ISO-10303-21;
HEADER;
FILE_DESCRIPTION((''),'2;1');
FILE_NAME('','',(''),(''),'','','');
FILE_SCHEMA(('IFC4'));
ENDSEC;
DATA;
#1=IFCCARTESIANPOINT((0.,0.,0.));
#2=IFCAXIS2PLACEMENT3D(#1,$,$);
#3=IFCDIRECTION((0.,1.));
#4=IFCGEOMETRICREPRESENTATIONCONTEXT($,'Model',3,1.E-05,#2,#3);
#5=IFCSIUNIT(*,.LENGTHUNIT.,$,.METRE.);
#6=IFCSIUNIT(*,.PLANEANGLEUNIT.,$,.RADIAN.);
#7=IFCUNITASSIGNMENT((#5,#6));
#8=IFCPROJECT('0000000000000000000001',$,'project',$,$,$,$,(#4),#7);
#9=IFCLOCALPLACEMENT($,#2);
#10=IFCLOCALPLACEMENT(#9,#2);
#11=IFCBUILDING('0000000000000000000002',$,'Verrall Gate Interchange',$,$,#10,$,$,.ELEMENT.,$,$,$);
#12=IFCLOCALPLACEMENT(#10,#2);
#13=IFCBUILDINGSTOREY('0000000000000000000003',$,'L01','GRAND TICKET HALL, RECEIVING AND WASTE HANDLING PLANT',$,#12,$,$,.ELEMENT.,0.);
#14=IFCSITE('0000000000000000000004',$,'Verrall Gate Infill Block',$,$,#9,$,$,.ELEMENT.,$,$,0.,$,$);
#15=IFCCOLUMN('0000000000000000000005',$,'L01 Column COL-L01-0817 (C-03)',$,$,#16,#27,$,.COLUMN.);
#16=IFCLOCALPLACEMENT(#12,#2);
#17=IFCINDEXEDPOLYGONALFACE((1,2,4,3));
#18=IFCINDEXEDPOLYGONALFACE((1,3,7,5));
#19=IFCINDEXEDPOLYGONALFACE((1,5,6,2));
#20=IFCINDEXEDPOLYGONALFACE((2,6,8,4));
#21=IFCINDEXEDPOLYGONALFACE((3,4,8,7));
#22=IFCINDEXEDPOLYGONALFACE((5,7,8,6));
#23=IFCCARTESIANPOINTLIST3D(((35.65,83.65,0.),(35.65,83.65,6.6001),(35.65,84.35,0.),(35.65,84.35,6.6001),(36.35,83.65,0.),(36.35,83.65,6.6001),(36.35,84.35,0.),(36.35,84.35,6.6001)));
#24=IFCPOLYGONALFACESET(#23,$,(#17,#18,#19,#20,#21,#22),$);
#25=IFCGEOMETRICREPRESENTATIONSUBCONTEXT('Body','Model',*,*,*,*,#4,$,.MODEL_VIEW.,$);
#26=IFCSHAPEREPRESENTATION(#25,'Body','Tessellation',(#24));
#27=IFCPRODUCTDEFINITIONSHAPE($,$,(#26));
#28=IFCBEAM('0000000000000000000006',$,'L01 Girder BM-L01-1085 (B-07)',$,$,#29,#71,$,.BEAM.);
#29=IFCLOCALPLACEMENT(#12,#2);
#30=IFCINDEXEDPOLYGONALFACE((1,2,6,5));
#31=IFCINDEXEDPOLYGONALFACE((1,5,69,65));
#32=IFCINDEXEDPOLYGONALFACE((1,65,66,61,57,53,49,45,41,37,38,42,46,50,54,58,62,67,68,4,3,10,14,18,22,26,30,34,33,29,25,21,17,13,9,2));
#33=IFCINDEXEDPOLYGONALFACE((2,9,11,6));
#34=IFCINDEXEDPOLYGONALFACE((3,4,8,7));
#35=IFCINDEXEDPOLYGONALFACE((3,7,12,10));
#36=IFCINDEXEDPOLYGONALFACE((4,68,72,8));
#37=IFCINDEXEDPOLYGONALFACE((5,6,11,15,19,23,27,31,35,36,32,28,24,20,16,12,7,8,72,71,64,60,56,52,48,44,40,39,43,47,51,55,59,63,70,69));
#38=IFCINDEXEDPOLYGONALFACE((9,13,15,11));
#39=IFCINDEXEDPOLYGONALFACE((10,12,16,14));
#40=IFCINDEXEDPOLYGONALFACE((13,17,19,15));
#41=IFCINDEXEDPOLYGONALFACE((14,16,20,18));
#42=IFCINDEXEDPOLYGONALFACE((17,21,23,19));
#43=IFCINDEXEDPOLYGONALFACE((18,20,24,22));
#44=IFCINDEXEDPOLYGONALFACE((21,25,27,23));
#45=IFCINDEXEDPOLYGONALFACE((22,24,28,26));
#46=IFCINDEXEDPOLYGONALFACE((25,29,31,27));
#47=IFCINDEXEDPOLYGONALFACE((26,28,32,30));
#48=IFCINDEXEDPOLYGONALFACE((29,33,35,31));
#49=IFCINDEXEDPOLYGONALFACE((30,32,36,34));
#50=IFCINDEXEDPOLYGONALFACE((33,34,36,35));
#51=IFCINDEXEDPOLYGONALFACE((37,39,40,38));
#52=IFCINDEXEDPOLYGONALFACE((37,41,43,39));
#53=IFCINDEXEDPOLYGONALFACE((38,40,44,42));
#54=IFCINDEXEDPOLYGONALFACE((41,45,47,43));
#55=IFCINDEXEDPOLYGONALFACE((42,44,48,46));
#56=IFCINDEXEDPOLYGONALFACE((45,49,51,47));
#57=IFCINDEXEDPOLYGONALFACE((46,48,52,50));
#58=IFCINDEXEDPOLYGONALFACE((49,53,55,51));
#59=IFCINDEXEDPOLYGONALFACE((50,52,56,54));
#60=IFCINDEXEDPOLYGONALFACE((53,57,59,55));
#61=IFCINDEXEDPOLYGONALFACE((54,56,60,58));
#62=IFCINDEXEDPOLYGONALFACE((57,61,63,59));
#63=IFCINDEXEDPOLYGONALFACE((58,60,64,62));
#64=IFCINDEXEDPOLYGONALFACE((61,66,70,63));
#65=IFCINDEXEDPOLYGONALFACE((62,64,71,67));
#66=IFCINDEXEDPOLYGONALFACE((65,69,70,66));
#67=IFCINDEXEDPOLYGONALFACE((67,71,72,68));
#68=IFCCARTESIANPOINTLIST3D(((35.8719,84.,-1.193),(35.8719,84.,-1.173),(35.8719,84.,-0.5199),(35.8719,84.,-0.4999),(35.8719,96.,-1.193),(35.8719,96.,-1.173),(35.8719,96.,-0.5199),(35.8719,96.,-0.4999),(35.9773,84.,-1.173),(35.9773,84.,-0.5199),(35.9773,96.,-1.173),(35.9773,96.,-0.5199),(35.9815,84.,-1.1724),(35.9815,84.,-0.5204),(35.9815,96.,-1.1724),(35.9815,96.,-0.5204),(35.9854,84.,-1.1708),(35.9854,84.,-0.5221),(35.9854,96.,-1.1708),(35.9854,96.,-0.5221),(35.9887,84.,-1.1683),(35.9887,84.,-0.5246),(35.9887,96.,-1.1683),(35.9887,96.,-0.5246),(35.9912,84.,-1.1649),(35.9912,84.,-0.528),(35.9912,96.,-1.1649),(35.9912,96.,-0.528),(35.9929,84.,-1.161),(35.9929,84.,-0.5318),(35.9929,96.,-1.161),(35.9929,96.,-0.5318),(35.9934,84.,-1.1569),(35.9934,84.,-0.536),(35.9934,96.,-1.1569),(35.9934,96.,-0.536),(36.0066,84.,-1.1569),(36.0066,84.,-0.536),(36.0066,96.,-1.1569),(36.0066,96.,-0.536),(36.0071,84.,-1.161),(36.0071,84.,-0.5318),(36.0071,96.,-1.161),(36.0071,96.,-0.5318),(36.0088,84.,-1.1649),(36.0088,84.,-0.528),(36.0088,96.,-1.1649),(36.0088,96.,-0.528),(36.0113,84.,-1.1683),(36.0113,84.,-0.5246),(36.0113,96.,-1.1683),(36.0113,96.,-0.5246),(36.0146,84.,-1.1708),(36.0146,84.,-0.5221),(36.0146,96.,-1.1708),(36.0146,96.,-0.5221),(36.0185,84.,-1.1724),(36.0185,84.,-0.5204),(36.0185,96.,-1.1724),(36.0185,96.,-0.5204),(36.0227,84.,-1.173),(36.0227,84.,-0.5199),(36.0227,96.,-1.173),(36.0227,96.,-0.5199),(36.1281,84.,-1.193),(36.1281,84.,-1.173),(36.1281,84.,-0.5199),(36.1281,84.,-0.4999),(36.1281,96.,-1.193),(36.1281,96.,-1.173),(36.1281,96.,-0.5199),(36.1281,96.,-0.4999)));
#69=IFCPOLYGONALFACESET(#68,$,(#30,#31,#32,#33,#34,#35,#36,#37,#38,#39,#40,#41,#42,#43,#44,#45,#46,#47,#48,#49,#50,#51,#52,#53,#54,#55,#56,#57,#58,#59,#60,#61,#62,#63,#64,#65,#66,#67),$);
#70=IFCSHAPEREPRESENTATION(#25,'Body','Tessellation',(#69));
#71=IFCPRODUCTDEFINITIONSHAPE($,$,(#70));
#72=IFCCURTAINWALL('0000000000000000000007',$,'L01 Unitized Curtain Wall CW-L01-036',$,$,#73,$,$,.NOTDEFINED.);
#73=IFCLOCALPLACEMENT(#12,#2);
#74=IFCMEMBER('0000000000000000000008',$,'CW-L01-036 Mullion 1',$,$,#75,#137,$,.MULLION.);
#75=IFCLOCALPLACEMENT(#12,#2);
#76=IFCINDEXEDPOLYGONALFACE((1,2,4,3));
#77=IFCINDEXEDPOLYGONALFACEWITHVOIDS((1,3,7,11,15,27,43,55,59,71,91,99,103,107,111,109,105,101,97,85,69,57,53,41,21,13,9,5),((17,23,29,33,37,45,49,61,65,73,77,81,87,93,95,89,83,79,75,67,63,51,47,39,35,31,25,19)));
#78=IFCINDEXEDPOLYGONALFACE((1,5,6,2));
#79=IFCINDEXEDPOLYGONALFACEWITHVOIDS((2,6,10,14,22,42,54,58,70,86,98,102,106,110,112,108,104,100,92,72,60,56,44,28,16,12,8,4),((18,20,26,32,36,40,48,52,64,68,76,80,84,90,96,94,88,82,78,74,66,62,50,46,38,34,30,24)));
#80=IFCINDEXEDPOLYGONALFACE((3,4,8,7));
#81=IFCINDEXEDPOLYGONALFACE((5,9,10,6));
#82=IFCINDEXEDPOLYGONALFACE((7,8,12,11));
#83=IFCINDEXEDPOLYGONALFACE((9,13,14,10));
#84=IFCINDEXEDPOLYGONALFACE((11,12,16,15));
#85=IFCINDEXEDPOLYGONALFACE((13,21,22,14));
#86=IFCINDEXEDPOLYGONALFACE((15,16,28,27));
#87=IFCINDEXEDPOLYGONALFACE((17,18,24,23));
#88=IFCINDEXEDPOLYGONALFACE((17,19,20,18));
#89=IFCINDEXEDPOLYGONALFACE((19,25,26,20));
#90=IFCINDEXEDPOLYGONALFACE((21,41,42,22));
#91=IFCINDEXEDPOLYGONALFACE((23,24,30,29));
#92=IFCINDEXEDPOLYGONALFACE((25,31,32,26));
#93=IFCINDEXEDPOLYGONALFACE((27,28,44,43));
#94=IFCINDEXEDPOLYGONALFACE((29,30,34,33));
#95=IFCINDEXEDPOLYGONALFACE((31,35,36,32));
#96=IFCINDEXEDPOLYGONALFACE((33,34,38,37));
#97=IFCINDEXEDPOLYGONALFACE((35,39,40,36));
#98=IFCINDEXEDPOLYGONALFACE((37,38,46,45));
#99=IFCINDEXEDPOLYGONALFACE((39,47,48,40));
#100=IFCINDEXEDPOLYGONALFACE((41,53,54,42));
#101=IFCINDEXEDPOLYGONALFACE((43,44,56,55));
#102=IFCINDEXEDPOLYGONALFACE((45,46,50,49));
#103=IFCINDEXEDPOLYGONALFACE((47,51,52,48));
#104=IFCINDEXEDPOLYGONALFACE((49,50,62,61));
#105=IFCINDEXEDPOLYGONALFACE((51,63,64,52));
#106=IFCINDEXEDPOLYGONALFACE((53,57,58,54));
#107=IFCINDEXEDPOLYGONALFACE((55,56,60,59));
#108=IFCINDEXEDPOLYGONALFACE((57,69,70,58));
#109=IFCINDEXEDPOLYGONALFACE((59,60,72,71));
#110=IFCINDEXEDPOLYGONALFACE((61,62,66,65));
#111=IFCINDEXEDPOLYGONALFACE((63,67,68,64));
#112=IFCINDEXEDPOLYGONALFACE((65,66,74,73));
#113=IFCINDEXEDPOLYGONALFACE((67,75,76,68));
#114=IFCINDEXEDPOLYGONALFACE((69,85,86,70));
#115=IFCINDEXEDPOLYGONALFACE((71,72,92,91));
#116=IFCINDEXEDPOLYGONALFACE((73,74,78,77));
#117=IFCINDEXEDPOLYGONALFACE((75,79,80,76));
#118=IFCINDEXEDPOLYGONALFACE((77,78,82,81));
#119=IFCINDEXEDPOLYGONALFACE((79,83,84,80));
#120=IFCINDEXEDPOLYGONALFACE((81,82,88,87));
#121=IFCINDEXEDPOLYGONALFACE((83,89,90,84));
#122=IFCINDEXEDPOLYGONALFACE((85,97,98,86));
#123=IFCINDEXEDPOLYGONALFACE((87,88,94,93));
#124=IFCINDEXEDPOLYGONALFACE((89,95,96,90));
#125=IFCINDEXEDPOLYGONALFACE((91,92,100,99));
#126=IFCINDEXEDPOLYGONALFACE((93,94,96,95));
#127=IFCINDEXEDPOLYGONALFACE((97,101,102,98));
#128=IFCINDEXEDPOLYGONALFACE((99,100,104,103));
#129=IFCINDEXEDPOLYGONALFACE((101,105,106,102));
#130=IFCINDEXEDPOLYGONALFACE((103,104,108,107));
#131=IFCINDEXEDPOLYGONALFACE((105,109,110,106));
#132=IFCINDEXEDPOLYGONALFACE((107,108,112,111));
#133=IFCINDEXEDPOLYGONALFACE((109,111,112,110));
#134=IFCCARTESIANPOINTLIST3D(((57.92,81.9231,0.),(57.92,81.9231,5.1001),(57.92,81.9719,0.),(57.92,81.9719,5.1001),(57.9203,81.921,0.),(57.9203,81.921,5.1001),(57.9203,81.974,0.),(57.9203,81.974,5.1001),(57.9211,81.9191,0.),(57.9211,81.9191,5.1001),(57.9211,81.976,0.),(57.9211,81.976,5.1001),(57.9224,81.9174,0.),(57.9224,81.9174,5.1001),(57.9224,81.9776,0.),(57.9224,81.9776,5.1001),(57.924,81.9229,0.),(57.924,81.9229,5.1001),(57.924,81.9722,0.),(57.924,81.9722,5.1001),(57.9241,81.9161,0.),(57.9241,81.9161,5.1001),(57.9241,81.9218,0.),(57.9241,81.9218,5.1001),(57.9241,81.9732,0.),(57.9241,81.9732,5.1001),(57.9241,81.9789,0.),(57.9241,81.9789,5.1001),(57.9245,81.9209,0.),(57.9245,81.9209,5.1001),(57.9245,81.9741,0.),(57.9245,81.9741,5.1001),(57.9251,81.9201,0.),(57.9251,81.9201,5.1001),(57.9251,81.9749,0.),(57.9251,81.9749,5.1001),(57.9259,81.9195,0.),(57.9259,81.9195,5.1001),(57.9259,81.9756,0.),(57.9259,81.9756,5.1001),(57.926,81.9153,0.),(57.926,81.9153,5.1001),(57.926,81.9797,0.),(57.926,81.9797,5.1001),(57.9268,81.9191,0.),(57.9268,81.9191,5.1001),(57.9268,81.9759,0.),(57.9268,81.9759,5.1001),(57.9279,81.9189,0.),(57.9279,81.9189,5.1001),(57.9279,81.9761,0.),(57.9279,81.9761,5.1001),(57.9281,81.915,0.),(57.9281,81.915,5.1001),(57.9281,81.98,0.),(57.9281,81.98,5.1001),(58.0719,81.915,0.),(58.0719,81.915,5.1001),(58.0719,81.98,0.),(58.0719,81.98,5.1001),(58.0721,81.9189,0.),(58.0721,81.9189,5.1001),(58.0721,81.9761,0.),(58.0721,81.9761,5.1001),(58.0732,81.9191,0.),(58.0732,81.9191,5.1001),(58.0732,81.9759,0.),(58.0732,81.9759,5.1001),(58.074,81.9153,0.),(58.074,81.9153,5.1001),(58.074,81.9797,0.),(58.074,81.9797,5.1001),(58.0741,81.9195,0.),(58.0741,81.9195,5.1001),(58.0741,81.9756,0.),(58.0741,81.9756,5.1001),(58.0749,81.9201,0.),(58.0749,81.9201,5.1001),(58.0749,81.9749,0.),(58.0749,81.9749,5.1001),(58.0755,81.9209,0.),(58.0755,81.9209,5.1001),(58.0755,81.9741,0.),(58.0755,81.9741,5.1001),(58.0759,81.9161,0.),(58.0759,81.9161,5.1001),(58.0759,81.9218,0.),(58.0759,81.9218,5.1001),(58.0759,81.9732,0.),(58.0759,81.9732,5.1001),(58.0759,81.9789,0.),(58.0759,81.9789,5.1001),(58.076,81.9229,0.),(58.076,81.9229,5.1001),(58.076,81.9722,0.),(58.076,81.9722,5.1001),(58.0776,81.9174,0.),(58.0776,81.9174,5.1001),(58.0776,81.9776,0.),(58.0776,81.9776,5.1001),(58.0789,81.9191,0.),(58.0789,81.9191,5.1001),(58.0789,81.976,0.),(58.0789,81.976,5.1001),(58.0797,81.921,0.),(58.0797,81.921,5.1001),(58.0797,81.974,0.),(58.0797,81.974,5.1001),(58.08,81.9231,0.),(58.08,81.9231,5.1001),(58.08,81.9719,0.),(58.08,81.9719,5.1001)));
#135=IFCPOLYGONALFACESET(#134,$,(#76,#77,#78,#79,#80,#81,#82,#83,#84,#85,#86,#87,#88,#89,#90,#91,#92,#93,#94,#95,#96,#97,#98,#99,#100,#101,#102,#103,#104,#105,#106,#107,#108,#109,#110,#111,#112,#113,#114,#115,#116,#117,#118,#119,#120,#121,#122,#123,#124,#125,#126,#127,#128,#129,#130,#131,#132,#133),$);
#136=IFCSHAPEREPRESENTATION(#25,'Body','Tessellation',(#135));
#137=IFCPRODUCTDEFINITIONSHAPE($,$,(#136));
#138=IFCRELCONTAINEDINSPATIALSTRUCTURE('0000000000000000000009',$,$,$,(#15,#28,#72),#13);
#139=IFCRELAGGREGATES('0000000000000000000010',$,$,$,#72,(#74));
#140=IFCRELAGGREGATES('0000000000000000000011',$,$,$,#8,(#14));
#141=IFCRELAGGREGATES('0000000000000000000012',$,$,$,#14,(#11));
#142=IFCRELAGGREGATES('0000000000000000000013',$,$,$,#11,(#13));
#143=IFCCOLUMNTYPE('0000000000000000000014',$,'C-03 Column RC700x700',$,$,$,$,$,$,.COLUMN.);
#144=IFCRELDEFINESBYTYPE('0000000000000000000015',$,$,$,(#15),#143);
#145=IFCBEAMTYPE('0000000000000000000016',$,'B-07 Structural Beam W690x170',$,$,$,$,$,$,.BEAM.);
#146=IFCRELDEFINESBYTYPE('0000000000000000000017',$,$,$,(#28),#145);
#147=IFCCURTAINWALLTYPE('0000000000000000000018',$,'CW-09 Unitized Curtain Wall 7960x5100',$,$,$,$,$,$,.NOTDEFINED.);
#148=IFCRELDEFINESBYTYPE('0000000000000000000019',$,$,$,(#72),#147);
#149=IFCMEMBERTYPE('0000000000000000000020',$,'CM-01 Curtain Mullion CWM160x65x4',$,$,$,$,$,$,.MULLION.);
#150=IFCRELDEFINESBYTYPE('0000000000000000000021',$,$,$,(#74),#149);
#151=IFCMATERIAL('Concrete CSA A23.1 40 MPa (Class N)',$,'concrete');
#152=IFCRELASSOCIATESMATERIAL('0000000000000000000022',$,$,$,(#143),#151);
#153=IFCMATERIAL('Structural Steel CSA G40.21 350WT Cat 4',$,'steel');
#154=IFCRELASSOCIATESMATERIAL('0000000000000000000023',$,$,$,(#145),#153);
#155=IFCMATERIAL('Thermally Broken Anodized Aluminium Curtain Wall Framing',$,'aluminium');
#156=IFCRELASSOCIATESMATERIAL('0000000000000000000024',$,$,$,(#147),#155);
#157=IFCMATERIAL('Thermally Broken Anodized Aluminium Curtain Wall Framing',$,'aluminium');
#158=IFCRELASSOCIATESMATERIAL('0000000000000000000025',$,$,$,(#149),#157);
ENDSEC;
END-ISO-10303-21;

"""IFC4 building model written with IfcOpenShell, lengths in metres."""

from ifc_helpers import new_model, si_unit, direction, frame, origin, origin_2d, place, context, subcontext, project, spatial, rectangle, hollow_rectangle, i_section, extrude, material, material_profile, profile_set, type_object, element, aggregate, save


model = new_model("IFC4")

# Units and contexts
model_context = context("Model", 3, precision=1e-05, world=origin(), true_north=direction((0.0, 1.0)))
body_context = subcontext(model_context, "Body", "Model", "MODEL_VIEW")
ifc_project = project(units=[si_unit("LENGTHUNIT", "METRE"), si_unit("PLANEANGLEUNIT", "RADIAN")], contexts=[model_context])

# Site, building, storey
site_placement = place(None, origin())
site = spatial("IfcSite", under=ifc_project, at=site_placement, Name="Verrall Gate Infill Block", CompositionType="ELEMENT", RefElevation=0.0)
building_placement = place(site_placement, origin())
building = spatial("IfcBuilding", under=site, at=building_placement, Name="Verrall Gate Interchange", CompositionType="ELEMENT")
storey_placement = place(building_placement, origin())
storey = spatial("IfcBuildingStorey", under=building, at=storey_placement, Name="L01", Description="GRAND TICKET HALL, RECEIVING AND WASTE HANDLING PLANT", CompositionType="ELEMENT", Elevation=0.0)

# Column
ifc_material_1 = material(Name="Concrete CSA A23.1 40 MPa (Class N)", Category="concrete")
ifc_material_profile_1 = material_profile(ifc_material_1, rectangle(XDim=0.7, YDim=0.7, at=origin_2d()), Name="RC700x700")
ifc_profile_set_1 = profile_set([ifc_material_profile_1], Name="Concrete CSA A23.1 40 MPa (Class N)")
column_type = type_object("IfcColumnType", Name="C-03 Column RC700x700", PredefinedType="COLUMN", material=ifc_profile_set_1)
column_placement = place(storey_placement, frame((36.0, 84.0, 0.0), z_axis=(0.0, 0.0, 1.0), x_axis=(1.0, 0.0, 0.0)))
element("IfcColumn", 1, at=column_placement, inside=storey, type_object=column_type, Name="L01 Column COL-L01-0817 (C-03)", PredefinedType="COLUMN", context=body_context, shape_type="SweptSolid", body=[
    extrude(rectangle(XDim=0.7, YDim=0.7, at=origin_2d()), origin(), (0.0, 0.0, 1.0), 6.6001),
])

# Beam
ifc_material_2 = material(Name="Structural Steel CSA G40.21 350WT Cat 4", Category="steel")
ifc_material_profile_2 = material_profile(ifc_material_2, i_section(OverallWidth=0.2561, OverallDepth=0.6931, WebThickness=0.0132, FlangeThickness=0.02, FilletRadius=0.0161, at=origin_2d()), Name="W690x170")
ifc_profile_set_2 = profile_set([ifc_material_profile_2], Name="Structural Steel CSA G40.21 350WT Cat 4")
beam_type = type_object("IfcBeamType", Name="B-07 Structural Beam W690x170", PredefinedType="BEAM", material=ifc_profile_set_2)
beam_placement = place(storey_placement, frame((36.0, 84.0, -0.8464), z_axis=(0.0, 1.0, 0.0), x_axis=(-1.0, 0.0, 0.0)))
element("IfcBeam", 2, at=beam_placement, inside=storey, type_object=beam_type, Name="L01 Girder BM-L01-1085 (B-07)", PredefinedType="BEAM", context=body_context, shape_type="SweptSolid", body=[
    extrude(i_section(OverallWidth=0.2561, OverallDepth=0.6931, WebThickness=0.0132, FlangeThickness=0.02, FilletRadius=0.0161, at=origin_2d()), origin(), (0.0, 0.0, 1.0), 12.0),
])

# Curtain wall, member
ifc_material_3 = material(Name="Thermally Broken Anodized Aluminium Curtain Wall Framing", Category="aluminium")
curtain_wall_type = type_object("IfcCurtainWallType", Name="CW-09 Unitized Curtain Wall 7960x5100", PredefinedType="NOTDEFINED", material=ifc_material_3)
curtain_wall_1_placement = place(storey_placement, origin())
curtain_wall_1 = element("IfcCurtainWall", 3, at=curtain_wall_1_placement, inside=storey, type_object=curtain_wall_type, Name="L01 Unitized Curtain Wall CW-L01-036", PredefinedType="NOTDEFINED")
ifc_material_4 = material(Name="Thermally Broken Anodized Aluminium Curtain Wall Framing", Category="aluminium")
ifc_material_profile_3 = material_profile(ifc_material_4, hollow_rectangle(XDim=0.0649, YDim=0.1599, WallThickness=0.0039, InnerFilletRadius=0.0039, OuterFilletRadius=0.0081, at=origin_2d()), Name="CWM160x65x4")
ifc_profile_set_3 = profile_set([ifc_material_profile_3], Name="Thermally Broken Anodized Aluminium Curtain Wall Framing")
member_type_1 = type_object("IfcMemberType", Name="CM-01 Curtain Mullion CWM160x65x4", PredefinedType="MULLION", material=ifc_profile_set_3)
member_1_placement = place(storey_placement, frame((58.0, 81.9475, 0.0), z_axis=(0.0, 0.0, 1.0), x_axis=(0.0, -1.0, 0.0)))
member_1 = element("IfcMember", 4, at=member_1_placement, type_object=member_type_1, Name="CW-L01-036 Mullion 1", PredefinedType="MULLION", context=body_context, shape_type="SweptSolid", body=[
    extrude(hollow_rectangle(XDim=0.0649, YDim=0.1599, WallThickness=0.0039, InnerFilletRadius=0.0039, OuterFilletRadius=0.0081, at=origin_2d()), origin(), (0.0, 0.0, 1.0), 5.1001),
])

aggregate(curtain_wall_1, [member_1])

save(model, "model.ifc")
